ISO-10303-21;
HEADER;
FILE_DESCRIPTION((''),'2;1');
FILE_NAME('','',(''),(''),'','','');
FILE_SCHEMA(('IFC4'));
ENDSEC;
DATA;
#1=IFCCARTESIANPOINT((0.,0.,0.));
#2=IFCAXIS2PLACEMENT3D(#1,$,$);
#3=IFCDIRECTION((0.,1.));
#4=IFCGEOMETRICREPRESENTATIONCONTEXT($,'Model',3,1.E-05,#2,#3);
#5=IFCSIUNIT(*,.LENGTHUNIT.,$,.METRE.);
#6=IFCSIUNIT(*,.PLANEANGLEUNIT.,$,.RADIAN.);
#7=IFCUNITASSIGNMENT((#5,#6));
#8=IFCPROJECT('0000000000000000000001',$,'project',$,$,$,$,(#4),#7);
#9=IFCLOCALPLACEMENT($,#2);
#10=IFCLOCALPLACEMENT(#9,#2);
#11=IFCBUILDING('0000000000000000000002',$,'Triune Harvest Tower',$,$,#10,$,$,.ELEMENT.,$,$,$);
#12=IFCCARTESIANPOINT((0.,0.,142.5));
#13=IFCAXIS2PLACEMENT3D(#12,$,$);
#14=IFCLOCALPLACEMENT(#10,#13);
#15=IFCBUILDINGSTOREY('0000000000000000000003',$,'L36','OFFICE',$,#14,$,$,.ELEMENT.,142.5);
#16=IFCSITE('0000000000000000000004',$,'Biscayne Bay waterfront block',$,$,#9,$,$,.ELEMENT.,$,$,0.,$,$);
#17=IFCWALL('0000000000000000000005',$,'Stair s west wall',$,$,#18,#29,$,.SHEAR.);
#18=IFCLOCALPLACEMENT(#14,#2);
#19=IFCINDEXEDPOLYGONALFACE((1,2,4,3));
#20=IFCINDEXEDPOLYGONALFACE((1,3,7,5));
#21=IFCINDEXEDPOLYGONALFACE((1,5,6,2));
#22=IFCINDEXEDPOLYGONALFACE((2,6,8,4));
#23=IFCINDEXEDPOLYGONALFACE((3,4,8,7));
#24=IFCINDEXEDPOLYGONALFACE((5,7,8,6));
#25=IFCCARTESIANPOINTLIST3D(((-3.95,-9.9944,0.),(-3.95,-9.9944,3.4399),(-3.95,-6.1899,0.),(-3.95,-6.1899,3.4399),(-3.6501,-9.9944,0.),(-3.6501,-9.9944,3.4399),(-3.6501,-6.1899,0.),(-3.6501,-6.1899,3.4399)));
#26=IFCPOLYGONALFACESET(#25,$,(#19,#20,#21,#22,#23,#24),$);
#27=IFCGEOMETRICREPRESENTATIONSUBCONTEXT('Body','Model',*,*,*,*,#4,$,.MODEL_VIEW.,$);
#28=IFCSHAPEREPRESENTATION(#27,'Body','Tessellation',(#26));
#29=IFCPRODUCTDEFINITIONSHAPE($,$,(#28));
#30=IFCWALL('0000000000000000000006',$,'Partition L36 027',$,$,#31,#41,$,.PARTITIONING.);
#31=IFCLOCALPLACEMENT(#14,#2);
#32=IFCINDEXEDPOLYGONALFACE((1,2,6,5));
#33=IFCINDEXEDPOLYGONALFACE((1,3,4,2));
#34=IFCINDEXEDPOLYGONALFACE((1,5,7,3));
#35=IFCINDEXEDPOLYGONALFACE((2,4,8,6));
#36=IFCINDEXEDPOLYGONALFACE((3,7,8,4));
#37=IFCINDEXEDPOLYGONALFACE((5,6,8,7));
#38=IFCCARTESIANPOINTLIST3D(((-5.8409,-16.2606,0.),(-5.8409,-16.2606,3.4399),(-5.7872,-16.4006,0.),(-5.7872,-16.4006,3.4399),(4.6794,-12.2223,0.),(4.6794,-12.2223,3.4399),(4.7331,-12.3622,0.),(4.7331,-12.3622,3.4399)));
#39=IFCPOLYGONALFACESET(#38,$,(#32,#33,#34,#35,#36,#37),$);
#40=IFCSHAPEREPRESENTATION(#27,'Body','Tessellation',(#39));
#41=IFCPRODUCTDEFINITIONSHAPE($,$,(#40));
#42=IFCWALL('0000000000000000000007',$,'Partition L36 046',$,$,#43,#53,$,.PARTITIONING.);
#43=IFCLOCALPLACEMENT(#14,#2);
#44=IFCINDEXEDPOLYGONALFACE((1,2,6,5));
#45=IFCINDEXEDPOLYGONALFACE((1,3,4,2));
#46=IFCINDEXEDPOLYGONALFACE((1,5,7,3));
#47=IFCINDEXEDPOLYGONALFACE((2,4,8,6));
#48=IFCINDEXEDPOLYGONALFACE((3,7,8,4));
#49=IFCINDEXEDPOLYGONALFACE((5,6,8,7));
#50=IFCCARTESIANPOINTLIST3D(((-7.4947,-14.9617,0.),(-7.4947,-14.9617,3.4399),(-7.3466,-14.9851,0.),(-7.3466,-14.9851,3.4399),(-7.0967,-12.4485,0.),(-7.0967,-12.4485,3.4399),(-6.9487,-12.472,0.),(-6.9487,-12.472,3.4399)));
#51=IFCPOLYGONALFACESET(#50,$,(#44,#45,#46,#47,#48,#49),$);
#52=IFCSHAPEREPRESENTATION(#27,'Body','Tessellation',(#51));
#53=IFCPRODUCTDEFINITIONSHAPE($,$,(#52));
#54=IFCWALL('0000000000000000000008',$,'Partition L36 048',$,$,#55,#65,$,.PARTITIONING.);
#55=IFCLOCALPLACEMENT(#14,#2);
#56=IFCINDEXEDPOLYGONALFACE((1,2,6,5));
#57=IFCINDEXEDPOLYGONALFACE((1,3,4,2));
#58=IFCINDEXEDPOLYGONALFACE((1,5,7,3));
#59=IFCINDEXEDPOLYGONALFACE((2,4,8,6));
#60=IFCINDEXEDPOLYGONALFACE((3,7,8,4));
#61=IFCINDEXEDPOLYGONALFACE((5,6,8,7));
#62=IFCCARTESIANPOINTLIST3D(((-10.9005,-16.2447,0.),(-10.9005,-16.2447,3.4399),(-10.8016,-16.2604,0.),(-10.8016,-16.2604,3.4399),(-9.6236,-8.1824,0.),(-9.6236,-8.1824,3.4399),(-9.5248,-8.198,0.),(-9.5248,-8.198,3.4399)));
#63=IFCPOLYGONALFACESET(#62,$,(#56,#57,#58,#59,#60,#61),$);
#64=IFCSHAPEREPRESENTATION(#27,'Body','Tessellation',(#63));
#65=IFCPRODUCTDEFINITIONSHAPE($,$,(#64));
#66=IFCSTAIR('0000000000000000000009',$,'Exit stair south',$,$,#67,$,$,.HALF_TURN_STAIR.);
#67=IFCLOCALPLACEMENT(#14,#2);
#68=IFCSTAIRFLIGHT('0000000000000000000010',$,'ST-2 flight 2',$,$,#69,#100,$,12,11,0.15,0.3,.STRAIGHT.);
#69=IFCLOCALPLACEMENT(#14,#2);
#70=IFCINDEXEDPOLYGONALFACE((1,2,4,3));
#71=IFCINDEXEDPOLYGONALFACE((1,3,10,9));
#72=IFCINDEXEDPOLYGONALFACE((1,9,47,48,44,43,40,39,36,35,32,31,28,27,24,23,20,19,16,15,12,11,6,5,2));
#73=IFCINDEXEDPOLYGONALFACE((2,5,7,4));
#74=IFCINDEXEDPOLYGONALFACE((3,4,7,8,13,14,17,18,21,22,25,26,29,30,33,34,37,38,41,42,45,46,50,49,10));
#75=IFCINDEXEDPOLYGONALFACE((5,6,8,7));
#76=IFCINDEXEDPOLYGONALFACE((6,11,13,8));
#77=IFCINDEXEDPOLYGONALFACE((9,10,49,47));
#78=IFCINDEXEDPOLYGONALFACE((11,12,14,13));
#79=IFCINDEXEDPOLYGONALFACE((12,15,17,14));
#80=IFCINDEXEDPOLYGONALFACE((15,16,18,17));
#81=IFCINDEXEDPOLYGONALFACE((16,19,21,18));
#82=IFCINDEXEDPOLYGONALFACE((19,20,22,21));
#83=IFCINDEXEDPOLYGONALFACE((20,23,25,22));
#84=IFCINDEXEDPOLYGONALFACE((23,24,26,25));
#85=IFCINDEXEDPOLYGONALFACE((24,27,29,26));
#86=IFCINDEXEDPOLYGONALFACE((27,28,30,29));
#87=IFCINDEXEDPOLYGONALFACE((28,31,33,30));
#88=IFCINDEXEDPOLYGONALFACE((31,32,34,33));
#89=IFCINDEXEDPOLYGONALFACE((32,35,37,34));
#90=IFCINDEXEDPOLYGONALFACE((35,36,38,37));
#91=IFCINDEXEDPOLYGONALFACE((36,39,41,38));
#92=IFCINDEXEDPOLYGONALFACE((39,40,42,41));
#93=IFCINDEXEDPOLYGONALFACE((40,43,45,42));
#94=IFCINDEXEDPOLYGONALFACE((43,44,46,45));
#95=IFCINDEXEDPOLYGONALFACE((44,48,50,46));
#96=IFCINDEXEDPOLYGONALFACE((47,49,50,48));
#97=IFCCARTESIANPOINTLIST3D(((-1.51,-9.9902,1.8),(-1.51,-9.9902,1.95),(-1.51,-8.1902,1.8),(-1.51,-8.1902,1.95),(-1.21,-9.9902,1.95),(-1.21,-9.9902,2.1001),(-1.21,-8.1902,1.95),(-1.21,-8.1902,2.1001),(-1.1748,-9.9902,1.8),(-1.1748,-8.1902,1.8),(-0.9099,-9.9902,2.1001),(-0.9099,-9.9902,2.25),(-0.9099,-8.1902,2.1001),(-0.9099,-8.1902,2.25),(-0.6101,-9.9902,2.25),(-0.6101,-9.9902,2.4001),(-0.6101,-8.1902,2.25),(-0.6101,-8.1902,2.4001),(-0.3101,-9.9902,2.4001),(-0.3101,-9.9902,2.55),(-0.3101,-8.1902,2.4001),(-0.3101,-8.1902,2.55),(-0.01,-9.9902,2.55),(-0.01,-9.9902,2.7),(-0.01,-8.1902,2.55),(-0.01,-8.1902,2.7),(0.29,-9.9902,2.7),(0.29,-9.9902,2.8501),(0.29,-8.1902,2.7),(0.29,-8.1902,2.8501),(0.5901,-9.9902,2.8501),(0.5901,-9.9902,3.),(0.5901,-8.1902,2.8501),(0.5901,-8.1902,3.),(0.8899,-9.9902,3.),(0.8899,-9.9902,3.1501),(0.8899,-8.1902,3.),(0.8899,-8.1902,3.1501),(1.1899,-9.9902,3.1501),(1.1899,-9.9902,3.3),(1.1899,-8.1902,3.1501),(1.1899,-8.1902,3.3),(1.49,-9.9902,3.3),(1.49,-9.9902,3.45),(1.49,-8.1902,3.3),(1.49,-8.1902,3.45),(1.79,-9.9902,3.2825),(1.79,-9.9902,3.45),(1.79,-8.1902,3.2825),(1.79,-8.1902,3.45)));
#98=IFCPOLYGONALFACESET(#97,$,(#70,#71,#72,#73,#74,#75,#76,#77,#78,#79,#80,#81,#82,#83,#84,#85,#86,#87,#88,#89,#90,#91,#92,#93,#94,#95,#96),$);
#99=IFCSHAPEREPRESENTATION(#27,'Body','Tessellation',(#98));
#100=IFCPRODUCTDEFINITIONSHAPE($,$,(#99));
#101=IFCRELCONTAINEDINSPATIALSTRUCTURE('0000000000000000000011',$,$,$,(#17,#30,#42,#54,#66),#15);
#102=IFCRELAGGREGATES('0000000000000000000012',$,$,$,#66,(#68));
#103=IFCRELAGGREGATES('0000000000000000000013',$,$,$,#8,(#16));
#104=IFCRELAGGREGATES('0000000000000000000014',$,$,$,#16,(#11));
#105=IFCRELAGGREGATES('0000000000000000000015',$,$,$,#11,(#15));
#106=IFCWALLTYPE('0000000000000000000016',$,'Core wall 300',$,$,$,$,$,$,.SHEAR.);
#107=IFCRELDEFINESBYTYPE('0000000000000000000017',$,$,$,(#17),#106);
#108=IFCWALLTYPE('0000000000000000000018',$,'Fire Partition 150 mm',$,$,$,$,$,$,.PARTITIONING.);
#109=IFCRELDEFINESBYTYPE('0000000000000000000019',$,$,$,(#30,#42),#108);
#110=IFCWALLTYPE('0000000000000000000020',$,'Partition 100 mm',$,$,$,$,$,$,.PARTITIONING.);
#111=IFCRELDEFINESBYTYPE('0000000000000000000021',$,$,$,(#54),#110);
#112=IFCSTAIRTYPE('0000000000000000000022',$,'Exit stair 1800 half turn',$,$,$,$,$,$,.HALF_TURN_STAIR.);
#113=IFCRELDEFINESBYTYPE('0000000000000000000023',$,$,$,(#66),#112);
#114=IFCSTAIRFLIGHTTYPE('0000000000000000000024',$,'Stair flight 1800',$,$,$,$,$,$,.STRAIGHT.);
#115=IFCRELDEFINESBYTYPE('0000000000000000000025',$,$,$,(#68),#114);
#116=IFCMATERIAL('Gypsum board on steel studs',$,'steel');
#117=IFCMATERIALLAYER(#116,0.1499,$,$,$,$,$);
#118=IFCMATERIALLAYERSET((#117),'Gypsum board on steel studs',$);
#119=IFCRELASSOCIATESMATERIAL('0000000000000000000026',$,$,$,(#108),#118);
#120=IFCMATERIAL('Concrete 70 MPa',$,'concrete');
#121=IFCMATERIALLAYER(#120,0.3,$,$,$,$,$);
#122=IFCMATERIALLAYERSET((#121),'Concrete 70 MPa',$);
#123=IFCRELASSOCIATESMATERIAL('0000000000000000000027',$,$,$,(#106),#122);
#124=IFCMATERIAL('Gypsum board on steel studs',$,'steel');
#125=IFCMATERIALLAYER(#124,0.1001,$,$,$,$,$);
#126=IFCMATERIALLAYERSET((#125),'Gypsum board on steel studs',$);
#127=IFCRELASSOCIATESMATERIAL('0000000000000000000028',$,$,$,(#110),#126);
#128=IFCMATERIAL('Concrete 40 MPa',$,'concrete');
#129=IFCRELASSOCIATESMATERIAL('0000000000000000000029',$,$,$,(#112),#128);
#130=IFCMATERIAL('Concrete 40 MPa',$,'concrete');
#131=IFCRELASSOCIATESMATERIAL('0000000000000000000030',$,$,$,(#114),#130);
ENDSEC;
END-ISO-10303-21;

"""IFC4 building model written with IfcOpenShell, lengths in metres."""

from ifc_helpers import new_model, si_unit, direction, frame, frame_2d, origin, place, context, subcontext, project, spatial, polyline, rectangle, outline, extrude, source, transform, mapped, material, layer, layer_set, type_object, element, aggregate, save


model = new_model("IFC4")

# Units and contexts
model_context = context("Model", 3, precision=1e-05, world=origin(), true_north=direction((0.0, 1.0)))
body_context = subcontext(model_context, "Body", "Model", "MODEL_VIEW")
ifc_project = project(units=[si_unit("LENGTHUNIT", "METRE"), si_unit("PLANEANGLEUNIT", "RADIAN")], contexts=[model_context])

# Site, building, storey
site_placement = place(None, origin())
site = spatial("IfcSite", under=ifc_project, at=site_placement, Name="Biscayne Bay waterfront block", CompositionType="ELEMENT", RefElevation=0.0)
building_placement = place(site_placement, origin())
building = spatial("IfcBuilding", under=site, at=building_placement, Name="Triune Harvest Tower", CompositionType="ELEMENT")
storey_placement = place(building_placement, frame((0.0, 0.0, 142.5)))
storey = spatial("IfcBuildingStorey", under=building, at=storey_placement, Name="L36", Description="OFFICE", CompositionType="ELEMENT", Elevation=142.5)

# Shared definitions
ifc_material_1 = material(Name="Gypsum board on steel studs", Category="steel")
ifc_layer_1 = layer(ifc_material_1, 0.1499)
ifc_layer_set_1 = layer_set([ifc_layer_1], Name="Gypsum board on steel studs")
wall_type_1 = type_object("IfcWallType", Name="Fire Partition 150 mm", PredefinedType="PARTITIONING", material=ifc_layer_set_1)

# Shared definitions
ifc_material_2 = material(Name="Concrete 70 MPa", Category="concrete")
ifc_layer_2 = layer(ifc_material_2, 0.3)
ifc_layer_set_2 = layer_set([ifc_layer_2], Name="Concrete 70 MPa")
wall_type_2 = type_object("IfcWallType", Name="Core wall 300", PredefinedType="SHEAR", material=ifc_layer_set_2)

# Walls
shared_shape_1 = source(origin(), body_context, "Body", "SweptSolid", [
    extrude(outline(polyline([(3.8, -0.1499), (-0.0044, -0.1499), (-0.0044, 0.1499), (3.8, 0.1499), (3.8, -0.1499)])), origin(), (0.0, 0.0, 1.0), 3.4399),
])
wall_1_placement = place(storey_placement, frame((-3.8, -9.99, 0.0), z_axis=(0.0, 0.0, 1.0), x_axis=(0.0, 1.0, 0.0)))
element("IfcWall", 1, at=wall_1_placement, inside=storey, type_object=wall_type_2, Name="Stair s west wall", PredefinedType="SHEAR", context=body_context, shape_type="MappedRepresentation", body=[
    mapped(shared_shape_1, transform((0.0, 0.0, 0.0), scale=1.0)),
])
shared_shape_2 = source(origin(), body_context, "Body", "SweptSolid", [
    extrude(rectangle(XDim=11.2688, YDim=0.1499, at=frame_2d((5.6343, 0.0))), origin(), (0.0, 0.0, 1.0), 3.4399),
])
wall_2_placement = place(storey_placement, frame((-5.814, -16.3306, 0.0), z_axis=(0.0, 0.0, 1.0), x_axis=(0.933581, 0.358366, 0.0)))
element("IfcWall", 2, at=wall_2_placement, inside=storey, type_object=wall_type_1, Name="Partition L36 027", PredefinedType="PARTITIONING", context=body_context, shape_type="MappedRepresentation", body=[
    mapped(shared_shape_2, transform((0.0, 0.0, 0.0), scale=1.0)),
])
shared_shape_3 = source(origin(), body_context, "Body", "SweptSolid", [
    extrude(rectangle(XDim=2.5444, YDim=0.1499, at=frame_2d((1.2722, 0.0))), origin(), (0.0, 0.0, 1.0), 3.4399),
])
wall_3_placement = place(storey_placement, frame((-7.4207, -14.9734, 0.0), z_axis=(0.0, 0.0, 1.0), x_axis=(0.156396, 0.987694, 0.0)))
element("IfcWall", 3, at=wall_3_placement, inside=storey, type_object=wall_type_1, Name="Partition L36 046", PredefinedType="PARTITIONING", context=body_context, shape_type="MappedRepresentation", body=[
    mapped(shared_shape_3, transform((0.0, 0.0, 0.0), scale=1.0)),
])
ifc_material_3 = material(Name="Gypsum board on steel studs", Category="steel")
ifc_layer_3 = layer(ifc_material_3, 0.1001)
ifc_layer_set_3 = layer_set([ifc_layer_3], Name="Gypsum board on steel studs")
wall_type_3 = type_object("IfcWallType", Name="Partition 100 mm", PredefinedType="PARTITIONING", material=ifc_layer_set_3)
shared_shape_4 = source(origin(), body_context, "Body", "SweptSolid", [
    extrude(rectangle(XDim=8.1628, YDim=0.1001, at=frame_2d((4.0815, 0.0))), origin(), (0.0, 0.0, 1.0), 3.4399),
])
wall_4_placement = place(storey_placement, frame((-10.8511, -16.2527, 0.0), z_axis=(0.0, 0.0, 1.0), x_axis=(0.156425, 0.98769, 0.0)))
element("IfcWall", 4, at=wall_4_placement, inside=storey, type_object=wall_type_3, Name="Partition L36 048", PredefinedType="PARTITIONING", context=body_context, shape_type="MappedRepresentation", body=[
    mapped(shared_shape_4, transform((0.0, 0.0, 0.0), scale=1.0)),
])

# Stair, stair flight
ifc_material_4 = material(Name="Concrete 40 MPa", Category="concrete")
stair_type = type_object("IfcStairType", Name="Exit stair 1800 half turn", PredefinedType="HALF_TURN_STAIR", material=ifc_material_4)
stair_placement = place(storey_placement, origin())
stair = element("IfcStair", 5, at=stair_placement, inside=storey, type_object=stair_type, Name="Exit stair south", PredefinedType="HALF_TURN_STAIR")
ifc_material_5 = material(Name="Concrete 40 MPa", Category="concrete")
stair_flight_type = type_object("IfcStairFlightType", Name="Stair flight 1800", PredefinedType="STRAIGHT", material=ifc_material_5)
shared_shape_5 = source(origin(), body_context, "Body", "SweptSolid", [
    extrude(outline(polyline([(0.0, 0.0), (0.0, 0.1499), (0.3, 0.1499), (0.3, 0.3), (0.6001, 0.3), (0.6001, 0.45), (0.8999, 0.45), (0.8999, 0.6001), (1.2, 0.6001), (1.2, 0.75), (1.5, 0.75), (1.5, 0.8999), (1.8, 0.8999), (1.8, 1.05), (2.1001, 1.05), (2.1001, 1.2), (2.3999, 1.2), (2.3999, 1.3501), (2.7, 1.3501), (2.7, 1.5), (3.0, 1.5), (3.0, 1.6499), (3.3, 1.6499), (3.3, 1.8), (3.3, 1.4824), (0.3352, 0.0), (0.0, 0.0)])), frame((0.0, 0.8999, 0.0), z_axis=(0.0, -1.0, 0.0), x_axis=(1.0, 0.0, 0.0)), (0.0, 0.0, 1.0), 1.8),
])
stair_flight_placement = place(storey_placement, frame((-1.51, -9.0901, 1.8), z_axis=(0.0, 0.0, 1.0), x_axis=(1.0, 0.0, 0.0)))
stair_flight = element("IfcStairFlight", 6, at=stair_flight_placement, type_object=stair_flight_type, Name="ST-2 flight 2", NumberOfRisers=12, NumberOfTreads=11, PredefinedType="STRAIGHT", RiserHeight=0.15, TreadLength=0.3, context=body_context, shape_type="MappedRepresentation", body=[
    mapped(shared_shape_5, transform((0.0, 0.0, 0.0), scale=1.0)),
])
aggregate(stair, [stair_flight])

save(model, "model.ifc")
